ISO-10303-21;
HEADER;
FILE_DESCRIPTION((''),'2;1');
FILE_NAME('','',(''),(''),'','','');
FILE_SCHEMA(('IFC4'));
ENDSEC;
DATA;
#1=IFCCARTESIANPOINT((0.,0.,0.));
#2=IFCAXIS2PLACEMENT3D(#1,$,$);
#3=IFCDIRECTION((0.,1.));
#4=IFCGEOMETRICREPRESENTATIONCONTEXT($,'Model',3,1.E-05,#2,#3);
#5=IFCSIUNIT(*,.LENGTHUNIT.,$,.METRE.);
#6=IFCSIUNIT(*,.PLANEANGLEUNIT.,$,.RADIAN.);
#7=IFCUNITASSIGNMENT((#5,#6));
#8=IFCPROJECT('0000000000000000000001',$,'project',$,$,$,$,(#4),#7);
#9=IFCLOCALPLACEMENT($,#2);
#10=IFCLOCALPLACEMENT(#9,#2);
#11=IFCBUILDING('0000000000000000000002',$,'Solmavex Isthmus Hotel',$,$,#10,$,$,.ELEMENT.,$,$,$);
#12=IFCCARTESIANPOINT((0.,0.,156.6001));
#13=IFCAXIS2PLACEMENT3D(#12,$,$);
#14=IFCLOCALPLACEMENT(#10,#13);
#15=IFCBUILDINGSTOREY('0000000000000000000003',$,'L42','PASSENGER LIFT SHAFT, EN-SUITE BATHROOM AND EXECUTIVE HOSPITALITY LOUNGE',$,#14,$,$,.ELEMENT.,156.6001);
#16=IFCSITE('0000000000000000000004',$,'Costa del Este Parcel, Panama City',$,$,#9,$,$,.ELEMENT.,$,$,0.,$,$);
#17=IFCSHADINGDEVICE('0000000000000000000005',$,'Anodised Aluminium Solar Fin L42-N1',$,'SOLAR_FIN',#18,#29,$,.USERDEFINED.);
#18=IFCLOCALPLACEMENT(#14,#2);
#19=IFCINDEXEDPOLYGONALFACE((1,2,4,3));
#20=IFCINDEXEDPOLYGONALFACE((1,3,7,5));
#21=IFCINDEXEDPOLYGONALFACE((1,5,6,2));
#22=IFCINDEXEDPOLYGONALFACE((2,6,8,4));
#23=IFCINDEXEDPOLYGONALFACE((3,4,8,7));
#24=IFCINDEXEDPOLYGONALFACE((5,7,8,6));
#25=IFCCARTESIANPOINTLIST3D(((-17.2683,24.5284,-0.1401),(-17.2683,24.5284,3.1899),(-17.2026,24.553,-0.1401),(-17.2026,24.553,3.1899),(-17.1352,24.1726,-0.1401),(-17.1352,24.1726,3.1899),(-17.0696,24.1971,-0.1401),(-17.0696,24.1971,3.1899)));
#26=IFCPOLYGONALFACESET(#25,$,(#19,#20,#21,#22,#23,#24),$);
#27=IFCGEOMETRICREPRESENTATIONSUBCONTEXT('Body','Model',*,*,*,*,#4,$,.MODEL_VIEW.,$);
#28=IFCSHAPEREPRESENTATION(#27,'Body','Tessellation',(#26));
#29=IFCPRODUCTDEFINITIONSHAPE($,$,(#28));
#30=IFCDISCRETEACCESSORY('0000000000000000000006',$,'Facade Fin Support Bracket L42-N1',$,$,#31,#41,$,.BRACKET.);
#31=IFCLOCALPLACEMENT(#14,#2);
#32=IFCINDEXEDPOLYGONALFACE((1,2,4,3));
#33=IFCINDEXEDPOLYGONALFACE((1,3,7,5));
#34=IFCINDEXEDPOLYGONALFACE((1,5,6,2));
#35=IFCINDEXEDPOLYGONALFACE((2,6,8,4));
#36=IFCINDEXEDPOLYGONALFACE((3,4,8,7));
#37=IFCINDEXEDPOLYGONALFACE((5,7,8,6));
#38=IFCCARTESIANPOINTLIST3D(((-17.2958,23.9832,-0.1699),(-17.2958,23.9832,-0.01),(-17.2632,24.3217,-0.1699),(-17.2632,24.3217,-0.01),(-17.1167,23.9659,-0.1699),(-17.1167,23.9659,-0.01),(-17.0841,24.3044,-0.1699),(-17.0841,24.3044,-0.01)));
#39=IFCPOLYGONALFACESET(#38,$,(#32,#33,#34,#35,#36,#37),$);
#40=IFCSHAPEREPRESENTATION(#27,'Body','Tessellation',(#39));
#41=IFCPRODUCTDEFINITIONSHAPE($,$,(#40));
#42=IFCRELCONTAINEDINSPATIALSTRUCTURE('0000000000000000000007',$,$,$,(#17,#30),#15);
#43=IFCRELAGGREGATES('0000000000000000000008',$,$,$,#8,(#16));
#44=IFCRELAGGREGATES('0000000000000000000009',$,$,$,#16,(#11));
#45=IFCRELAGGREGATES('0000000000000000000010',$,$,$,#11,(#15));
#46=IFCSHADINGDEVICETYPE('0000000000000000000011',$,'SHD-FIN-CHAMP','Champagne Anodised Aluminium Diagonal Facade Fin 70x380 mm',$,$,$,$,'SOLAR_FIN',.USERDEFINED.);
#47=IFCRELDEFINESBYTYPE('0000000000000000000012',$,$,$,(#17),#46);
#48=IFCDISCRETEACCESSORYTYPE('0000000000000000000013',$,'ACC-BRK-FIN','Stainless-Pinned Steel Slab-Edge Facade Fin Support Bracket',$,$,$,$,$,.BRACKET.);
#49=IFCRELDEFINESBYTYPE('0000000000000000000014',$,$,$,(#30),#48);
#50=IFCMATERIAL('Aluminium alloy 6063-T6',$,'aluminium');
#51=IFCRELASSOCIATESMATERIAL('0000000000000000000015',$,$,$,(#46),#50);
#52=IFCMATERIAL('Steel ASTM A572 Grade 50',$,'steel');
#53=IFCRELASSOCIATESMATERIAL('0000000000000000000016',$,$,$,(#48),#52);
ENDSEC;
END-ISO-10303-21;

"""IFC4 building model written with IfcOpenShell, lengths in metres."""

from ifc_helpers import new_model, si_unit, direction, frame, origin, origin_2d, place, context, subcontext, project, spatial, rectangle, extrude, material, type_object, element, save


model = new_model("IFC4")

# Units and contexts
model_context = context("Model", 3, precision=1e-05, world=origin(), true_north=direction((0.0, 1.0)))
body_context = subcontext(model_context, "Body", "Model", "MODEL_VIEW")
ifc_project = project(units=[si_unit("LENGTHUNIT", "METRE"), si_unit("PLANEANGLEUNIT", "RADIAN")], contexts=[model_context])

# Site, building, storey
site_placement = place(None, origin())
site = spatial("IfcSite", under=ifc_project, at=site_placement, Name="Costa del Este Parcel, Panama City", CompositionType="ELEMENT", RefElevation=0.0)
building_placement = place(site_placement, origin())
building = spatial("IfcBuilding", under=site, at=building_placement, Name="Solmavex Isthmus Hotel", CompositionType="ELEMENT")
storey_placement = place(building_placement, frame((0.0, 0.0, 156.6001)))
storey = spatial("IfcBuildingStorey", under=building, at=storey_placement, Name="L42", Description="PASSENGER LIFT SHAFT, EN-SUITE BATHROOM AND EXECUTIVE HOSPITALITY LOUNGE", CompositionType="ELEMENT", Elevation=156.6001)

# Shared definitions
ifc_material_1 = material(Name="Aluminium alloy 6063-T6", Category="aluminium")

# Shading device
shading_device_type = type_object("IfcShadingDeviceType", Name="SHD-FIN-CHAMP", Description="Champagne Anodised Aluminium Diagonal Facade Fin 70x380 mm", ElementType="SOLAR_FIN", PredefinedType="USERDEFINED", material=ifc_material_1)
shading_device_placement = place(storey_placement, frame((-17.1689, 24.3628, -0.1401), z_axis=(0.0, 0.0, 1.0), x_axis=(-0.350207, 0.936672, 0.0)))
element("IfcShadingDevice", 1, at=shading_device_placement, inside=storey, type_object=shading_device_type, Name="Anodised Aluminium Solar Fin L42-N1", ObjectType="SOLAR_FIN", PredefinedType="USERDEFINED", context=body_context, shape_type="SweptSolid", body=[
    extrude(rectangle(XDim=0.3799, YDim=0.0701, at=origin_2d()), origin(), (0.0, 0.0, 1.0), 3.3301),
])

# Discrete accessory
ifc_material_2 = material(Name="Steel ASTM A572 Grade 50", Category="steel")
discrete_accessory_type = type_object("IfcDiscreteAccessoryType", Name="ACC-BRK-FIN", Description="Stainless-Pinned Steel Slab-Edge Facade Fin Support Bracket", PredefinedType="BRACKET", material=ifc_material_2)
discrete_accessory_placement = place(storey_placement, frame((-17.1899, 24.1438, -0.1699), z_axis=(0.0, 0.0, 1.0), x_axis=(0.095846, 0.995396, 0.0)))
element("IfcDiscreteAccessory", 2, at=discrete_accessory_placement, inside=storey, type_object=discrete_accessory_type, Name="Facade Fin Support Bracket L42-N1", PredefinedType="BRACKET", context=body_context, shape_type="SweptSolid", body=[
    extrude(rectangle(XDim=0.3401, YDim=0.1799, at=origin_2d()), origin(), (0.0, 0.0, 1.0), 0.1599),
])

save(model, "model.ifc")
